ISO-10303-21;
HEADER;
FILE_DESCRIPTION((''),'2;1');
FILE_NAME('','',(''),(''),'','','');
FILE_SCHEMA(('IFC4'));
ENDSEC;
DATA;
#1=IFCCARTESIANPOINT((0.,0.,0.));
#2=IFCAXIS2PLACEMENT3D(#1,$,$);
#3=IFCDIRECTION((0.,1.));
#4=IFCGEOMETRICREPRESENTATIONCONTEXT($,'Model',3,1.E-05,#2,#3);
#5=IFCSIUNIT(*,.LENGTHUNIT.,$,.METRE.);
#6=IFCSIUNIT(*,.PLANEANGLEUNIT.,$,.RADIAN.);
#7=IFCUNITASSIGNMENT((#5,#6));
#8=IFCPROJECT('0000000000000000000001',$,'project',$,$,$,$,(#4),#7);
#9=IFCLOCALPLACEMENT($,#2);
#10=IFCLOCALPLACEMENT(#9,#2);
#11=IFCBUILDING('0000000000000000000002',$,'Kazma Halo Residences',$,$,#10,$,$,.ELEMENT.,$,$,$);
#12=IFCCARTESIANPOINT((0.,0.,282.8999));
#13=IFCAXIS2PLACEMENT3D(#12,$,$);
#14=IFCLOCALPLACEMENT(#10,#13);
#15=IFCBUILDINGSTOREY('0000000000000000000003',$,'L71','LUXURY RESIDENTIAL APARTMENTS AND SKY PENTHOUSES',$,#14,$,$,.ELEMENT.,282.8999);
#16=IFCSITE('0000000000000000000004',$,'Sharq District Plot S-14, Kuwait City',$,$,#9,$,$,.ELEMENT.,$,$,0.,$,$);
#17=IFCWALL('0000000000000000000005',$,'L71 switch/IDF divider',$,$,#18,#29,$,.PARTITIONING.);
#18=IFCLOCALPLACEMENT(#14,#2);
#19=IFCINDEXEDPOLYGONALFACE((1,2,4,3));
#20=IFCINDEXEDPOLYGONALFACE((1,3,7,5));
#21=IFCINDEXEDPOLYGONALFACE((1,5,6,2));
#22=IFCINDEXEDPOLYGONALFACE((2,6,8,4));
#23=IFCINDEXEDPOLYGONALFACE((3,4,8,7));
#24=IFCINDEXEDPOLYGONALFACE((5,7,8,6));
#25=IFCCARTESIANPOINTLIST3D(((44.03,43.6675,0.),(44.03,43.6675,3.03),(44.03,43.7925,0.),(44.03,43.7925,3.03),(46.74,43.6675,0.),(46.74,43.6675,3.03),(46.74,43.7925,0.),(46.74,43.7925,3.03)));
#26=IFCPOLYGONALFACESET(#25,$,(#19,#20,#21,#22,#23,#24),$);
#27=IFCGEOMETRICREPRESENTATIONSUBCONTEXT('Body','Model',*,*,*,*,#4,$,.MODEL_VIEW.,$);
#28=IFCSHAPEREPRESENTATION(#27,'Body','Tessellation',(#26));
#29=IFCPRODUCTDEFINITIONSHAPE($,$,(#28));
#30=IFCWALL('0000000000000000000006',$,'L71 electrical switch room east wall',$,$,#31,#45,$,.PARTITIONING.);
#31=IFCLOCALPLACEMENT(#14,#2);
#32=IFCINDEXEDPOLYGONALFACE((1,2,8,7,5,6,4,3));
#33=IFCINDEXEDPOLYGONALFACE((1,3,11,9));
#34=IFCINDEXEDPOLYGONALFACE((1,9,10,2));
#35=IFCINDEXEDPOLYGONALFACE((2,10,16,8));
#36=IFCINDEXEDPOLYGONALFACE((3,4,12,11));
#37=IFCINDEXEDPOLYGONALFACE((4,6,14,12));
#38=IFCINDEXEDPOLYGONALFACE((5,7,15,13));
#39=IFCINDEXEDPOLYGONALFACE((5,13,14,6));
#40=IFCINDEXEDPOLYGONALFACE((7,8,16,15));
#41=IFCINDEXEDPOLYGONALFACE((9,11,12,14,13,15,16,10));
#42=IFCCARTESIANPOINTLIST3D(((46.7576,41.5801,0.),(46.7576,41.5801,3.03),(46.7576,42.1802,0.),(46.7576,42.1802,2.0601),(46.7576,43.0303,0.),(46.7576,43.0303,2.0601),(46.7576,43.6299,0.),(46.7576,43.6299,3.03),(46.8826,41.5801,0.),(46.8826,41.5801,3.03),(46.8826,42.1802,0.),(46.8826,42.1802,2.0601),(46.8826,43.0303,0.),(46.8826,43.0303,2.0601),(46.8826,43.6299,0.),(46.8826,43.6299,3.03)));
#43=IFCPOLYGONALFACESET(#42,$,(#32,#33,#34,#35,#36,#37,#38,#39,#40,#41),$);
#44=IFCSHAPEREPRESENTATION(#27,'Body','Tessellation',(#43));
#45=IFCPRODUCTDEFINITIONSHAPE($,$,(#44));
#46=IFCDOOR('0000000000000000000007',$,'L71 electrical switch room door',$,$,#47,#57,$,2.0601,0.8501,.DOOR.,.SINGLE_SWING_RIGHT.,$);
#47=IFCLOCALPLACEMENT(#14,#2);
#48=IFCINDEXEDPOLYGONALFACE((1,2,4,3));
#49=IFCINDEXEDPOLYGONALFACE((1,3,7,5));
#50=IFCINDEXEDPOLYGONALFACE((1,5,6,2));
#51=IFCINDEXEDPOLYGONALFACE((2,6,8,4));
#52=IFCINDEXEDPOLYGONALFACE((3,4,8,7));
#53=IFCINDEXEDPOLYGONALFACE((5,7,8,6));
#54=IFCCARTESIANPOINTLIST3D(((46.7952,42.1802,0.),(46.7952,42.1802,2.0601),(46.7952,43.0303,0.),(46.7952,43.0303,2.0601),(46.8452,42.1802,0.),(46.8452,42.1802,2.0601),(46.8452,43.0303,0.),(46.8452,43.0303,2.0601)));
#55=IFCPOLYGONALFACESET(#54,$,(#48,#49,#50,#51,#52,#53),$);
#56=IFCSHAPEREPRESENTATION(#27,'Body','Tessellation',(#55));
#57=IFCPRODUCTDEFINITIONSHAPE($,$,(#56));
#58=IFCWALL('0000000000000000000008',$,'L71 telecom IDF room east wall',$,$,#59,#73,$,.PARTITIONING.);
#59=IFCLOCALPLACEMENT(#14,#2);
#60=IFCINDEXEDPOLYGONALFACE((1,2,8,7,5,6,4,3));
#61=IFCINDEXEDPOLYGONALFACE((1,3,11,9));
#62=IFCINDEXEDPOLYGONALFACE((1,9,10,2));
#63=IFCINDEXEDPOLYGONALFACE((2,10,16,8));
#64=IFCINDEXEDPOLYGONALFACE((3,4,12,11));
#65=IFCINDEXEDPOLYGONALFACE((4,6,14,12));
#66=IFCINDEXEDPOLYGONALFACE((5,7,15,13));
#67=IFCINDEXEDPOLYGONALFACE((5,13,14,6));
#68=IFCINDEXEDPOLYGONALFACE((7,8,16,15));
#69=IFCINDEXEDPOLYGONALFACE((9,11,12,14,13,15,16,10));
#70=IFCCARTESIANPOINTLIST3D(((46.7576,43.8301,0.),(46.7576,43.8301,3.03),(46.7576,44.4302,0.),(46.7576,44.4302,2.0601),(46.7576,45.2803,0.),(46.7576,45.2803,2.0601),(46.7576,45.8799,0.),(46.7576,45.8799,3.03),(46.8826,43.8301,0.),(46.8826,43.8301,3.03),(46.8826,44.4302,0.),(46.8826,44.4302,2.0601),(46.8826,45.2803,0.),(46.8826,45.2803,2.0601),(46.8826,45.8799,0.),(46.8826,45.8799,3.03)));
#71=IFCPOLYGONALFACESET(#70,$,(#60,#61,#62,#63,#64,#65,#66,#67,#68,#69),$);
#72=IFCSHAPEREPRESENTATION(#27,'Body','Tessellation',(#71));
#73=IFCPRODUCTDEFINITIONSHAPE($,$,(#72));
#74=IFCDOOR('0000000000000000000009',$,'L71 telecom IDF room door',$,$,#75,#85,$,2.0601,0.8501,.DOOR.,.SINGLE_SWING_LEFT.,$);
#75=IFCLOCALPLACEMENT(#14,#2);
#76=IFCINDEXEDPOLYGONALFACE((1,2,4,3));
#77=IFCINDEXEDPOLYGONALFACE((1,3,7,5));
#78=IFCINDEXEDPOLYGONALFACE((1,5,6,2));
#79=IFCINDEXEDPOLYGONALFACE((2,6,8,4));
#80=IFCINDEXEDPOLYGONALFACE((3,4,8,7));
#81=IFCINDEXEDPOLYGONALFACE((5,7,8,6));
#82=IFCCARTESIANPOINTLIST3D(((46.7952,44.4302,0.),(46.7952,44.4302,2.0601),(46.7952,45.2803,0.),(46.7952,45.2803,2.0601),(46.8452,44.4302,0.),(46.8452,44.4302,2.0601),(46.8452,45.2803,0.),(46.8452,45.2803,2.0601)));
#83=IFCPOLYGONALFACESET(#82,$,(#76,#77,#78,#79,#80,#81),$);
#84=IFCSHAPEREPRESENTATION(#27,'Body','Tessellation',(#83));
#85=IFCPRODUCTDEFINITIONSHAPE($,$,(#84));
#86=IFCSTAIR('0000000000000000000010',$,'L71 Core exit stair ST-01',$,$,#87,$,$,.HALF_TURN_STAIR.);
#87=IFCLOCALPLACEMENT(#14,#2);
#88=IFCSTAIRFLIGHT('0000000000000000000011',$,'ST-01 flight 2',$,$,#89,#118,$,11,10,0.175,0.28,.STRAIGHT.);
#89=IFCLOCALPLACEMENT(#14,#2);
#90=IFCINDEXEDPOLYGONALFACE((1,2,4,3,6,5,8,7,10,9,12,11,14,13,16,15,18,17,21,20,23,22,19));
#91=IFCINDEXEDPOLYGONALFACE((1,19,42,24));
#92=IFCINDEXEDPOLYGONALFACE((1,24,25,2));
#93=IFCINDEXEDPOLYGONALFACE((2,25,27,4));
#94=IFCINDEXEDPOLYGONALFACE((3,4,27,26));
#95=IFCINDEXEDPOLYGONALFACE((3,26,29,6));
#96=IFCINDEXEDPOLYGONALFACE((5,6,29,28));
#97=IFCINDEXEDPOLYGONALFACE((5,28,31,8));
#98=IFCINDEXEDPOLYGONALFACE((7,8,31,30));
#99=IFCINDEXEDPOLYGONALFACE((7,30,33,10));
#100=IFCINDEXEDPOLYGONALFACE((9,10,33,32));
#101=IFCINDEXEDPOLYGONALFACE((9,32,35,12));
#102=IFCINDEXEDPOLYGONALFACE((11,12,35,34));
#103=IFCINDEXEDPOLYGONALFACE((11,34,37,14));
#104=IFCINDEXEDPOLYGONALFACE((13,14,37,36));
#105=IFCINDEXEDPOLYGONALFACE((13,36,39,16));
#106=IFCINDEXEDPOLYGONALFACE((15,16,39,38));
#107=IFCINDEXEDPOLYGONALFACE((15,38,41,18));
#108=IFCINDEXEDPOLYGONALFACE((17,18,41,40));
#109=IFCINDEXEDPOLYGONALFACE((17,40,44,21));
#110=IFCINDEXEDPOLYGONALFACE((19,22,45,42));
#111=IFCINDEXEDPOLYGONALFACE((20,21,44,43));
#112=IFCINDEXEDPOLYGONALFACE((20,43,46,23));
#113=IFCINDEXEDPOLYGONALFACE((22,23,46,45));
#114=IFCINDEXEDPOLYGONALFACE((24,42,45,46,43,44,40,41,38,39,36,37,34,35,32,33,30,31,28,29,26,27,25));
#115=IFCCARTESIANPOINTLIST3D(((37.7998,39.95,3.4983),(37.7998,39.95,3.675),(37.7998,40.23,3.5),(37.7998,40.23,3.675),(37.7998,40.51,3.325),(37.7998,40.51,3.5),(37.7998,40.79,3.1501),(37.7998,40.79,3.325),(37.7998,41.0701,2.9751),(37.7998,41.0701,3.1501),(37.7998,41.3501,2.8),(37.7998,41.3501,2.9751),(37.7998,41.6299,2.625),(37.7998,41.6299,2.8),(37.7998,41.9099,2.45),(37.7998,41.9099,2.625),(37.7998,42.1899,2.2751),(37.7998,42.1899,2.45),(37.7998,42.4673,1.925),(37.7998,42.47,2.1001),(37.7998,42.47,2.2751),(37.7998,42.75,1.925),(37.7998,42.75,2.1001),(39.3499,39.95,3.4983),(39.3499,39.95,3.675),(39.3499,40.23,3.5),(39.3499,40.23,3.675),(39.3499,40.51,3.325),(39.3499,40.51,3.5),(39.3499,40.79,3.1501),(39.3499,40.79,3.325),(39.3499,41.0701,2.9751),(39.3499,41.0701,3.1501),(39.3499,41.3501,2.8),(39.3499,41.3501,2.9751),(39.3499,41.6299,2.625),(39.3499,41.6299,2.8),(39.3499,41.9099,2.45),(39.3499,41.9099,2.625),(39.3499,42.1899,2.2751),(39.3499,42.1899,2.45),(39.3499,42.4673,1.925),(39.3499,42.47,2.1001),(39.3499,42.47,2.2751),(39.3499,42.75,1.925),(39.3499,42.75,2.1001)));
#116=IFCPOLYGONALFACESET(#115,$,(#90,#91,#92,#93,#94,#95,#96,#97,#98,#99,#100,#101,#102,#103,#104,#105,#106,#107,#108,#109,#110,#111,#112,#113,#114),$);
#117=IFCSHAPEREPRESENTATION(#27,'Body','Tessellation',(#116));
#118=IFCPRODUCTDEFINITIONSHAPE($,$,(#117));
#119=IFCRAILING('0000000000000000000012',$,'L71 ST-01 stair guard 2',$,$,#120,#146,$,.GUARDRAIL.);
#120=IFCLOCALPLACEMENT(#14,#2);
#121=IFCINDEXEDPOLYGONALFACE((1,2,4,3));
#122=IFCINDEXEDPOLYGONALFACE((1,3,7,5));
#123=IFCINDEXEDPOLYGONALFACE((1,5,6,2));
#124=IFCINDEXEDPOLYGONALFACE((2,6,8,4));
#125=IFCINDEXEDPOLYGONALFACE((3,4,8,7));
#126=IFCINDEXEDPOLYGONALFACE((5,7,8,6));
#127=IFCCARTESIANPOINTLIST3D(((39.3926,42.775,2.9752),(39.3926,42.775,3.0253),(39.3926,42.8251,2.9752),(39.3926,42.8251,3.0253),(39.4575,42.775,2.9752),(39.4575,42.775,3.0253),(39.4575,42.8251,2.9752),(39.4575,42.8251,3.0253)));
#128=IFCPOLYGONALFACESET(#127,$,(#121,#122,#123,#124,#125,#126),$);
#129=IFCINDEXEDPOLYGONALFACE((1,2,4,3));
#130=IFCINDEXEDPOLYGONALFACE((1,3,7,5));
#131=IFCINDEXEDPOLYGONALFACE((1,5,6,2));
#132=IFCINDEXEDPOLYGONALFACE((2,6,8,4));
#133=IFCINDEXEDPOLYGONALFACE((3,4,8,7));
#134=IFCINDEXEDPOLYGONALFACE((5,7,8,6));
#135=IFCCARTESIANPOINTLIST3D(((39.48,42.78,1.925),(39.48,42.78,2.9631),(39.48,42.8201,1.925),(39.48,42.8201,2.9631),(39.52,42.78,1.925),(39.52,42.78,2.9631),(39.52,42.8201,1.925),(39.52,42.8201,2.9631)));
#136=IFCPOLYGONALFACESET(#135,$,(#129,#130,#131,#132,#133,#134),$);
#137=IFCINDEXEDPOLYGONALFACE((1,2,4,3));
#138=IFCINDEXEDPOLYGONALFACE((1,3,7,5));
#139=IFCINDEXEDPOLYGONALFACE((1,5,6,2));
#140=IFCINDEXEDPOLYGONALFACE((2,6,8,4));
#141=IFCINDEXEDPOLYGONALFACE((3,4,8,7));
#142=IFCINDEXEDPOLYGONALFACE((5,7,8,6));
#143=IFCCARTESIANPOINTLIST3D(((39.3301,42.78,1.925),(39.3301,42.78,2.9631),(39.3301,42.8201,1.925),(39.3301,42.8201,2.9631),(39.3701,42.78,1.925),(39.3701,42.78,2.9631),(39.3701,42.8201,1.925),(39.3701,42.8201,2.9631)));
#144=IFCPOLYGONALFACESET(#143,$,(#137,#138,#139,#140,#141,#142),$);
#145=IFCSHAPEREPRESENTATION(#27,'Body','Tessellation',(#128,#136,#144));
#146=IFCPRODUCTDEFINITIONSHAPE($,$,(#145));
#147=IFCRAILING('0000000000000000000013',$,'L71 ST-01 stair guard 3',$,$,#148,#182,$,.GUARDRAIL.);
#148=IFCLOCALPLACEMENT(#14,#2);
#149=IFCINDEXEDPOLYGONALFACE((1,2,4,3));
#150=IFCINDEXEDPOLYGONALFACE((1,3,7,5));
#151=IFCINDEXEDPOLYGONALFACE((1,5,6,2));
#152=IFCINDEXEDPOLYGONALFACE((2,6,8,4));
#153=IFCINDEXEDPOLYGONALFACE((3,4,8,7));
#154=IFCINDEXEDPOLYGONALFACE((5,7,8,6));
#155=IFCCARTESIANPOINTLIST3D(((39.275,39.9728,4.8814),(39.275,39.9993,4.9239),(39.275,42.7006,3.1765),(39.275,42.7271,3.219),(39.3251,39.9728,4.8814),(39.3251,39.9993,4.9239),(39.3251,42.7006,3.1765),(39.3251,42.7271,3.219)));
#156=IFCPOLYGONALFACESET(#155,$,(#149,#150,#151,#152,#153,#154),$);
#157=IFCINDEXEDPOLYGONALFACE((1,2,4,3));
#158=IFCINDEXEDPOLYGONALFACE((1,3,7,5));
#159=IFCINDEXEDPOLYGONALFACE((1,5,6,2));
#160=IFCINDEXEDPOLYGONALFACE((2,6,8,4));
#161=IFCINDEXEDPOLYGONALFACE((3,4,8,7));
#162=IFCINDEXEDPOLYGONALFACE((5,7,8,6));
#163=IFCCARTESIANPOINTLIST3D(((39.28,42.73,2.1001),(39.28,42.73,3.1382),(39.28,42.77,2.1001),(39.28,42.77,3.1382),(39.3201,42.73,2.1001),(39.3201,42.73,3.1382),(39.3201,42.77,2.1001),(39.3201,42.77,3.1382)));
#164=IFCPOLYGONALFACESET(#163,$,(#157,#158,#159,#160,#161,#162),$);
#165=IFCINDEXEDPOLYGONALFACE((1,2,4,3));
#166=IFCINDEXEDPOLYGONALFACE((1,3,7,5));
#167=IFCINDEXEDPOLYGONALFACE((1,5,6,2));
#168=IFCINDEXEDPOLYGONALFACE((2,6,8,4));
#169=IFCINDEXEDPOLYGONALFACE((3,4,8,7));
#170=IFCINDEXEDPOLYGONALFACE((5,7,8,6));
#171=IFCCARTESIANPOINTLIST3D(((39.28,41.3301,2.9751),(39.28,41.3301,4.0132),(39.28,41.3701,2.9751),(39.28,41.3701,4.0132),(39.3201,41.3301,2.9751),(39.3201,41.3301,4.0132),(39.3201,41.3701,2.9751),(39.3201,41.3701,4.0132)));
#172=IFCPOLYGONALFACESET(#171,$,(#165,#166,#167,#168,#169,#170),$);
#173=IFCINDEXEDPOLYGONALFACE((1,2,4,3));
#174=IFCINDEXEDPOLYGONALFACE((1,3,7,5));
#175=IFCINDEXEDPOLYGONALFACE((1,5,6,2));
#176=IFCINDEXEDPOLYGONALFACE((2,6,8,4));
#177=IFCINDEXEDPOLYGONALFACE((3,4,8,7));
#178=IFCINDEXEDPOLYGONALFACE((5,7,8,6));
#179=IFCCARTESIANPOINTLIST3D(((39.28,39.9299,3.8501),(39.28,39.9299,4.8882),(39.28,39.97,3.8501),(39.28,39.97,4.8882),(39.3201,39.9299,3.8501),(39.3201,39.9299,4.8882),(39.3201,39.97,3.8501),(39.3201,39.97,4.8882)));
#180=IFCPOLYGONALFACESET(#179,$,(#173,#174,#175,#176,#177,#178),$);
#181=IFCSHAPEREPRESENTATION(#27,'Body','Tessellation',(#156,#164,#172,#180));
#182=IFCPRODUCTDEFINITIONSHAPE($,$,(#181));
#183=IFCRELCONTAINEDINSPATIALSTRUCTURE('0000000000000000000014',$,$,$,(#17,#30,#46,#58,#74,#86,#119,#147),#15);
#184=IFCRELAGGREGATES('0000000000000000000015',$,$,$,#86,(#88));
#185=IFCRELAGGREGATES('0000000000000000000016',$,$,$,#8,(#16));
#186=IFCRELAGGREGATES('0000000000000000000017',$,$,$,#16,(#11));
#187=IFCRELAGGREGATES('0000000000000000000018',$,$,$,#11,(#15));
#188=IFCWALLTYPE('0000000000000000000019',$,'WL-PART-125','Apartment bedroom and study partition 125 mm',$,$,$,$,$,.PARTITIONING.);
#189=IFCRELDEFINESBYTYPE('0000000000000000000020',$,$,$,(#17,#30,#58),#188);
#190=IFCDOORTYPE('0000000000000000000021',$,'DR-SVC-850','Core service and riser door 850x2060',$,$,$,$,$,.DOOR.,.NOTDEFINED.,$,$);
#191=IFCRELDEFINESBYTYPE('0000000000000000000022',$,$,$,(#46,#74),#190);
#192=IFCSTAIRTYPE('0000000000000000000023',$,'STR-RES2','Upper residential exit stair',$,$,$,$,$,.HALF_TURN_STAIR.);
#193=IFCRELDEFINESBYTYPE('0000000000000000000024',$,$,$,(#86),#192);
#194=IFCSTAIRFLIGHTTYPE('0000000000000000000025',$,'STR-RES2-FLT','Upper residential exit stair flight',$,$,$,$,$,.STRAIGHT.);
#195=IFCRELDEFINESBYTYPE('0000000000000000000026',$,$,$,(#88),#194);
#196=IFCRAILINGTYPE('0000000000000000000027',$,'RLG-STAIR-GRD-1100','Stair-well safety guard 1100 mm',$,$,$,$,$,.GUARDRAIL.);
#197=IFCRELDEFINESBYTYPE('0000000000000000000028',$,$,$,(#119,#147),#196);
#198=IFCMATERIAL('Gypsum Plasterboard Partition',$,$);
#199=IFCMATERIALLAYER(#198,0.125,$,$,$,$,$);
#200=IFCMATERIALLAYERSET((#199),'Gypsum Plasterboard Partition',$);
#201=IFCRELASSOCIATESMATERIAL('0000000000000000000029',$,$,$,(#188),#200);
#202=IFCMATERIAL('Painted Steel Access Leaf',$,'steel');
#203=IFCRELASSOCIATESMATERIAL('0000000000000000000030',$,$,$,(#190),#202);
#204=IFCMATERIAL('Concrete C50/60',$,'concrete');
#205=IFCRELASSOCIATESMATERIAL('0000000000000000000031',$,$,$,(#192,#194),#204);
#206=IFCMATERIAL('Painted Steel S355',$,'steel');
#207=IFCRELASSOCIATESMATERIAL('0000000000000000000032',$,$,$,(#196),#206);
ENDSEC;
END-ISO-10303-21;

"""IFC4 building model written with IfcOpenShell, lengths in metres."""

from ifc_helpers import new_model, si_unit, direction, frame, frame_2d, origin, origin_2d, place, context, subcontext, project, spatial, polyline, rectangle, outline, extrude, material, layer, layer_set, type_object, element, fill, aggregate, save


model = new_model("IFC4")

# Units and contexts
model_context = context("Model", 3, precision=1e-05, world=origin(), true_north=direction((0.0, 1.0)))
body_context = subcontext(model_context, "Body", "Model", "MODEL_VIEW")
ifc_project = project(units=[si_unit("LENGTHUNIT", "METRE"), si_unit("PLANEANGLEUNIT", "RADIAN")], contexts=[model_context])

# Site, building, storey
site_placement = place(None, origin())
site = spatial("IfcSite", under=ifc_project, at=site_placement, Name="Sharq District Plot S-14, Kuwait City", CompositionType="ELEMENT", RefElevation=0.0)
building_placement = place(site_placement, origin())
building = spatial("IfcBuilding", under=site, at=building_placement, Name="Kazma Halo Residences", CompositionType="ELEMENT")
storey_placement = place(building_placement, frame((0.0, 0.0, 282.8999)))
storey = spatial("IfcBuildingStorey", under=building, at=storey_placement, Name="L71", Description="LUXURY RESIDENTIAL APARTMENTS AND SKY PENTHOUSES", CompositionType="ELEMENT", Elevation=282.8999)

# Shared definitions
ifc_material_1 = material(Name="Gypsum Plasterboard Partition")
ifc_layer_1 = layer(ifc_material_1, 0.125)
ifc_layer_set_1 = layer_set([ifc_layer_1], Name="Gypsum Plasterboard Partition")
wall_type_1 = type_object("IfcWallType", Name="WL-PART-125", Description="Apartment bedroom and study partition 125 mm", PredefinedType="PARTITIONING", material=ifc_layer_set_1)

# Shared definitions
ifc_material_2 = material(Name="Painted Steel Access Leaf", Category="steel")
door_type_1 = type_object("IfcDoorType", Name="DR-SVC-850", Description="Core service and riser door 850x2060", OperationType="NOTDEFINED", PredefinedType="DOOR", material=ifc_material_2)

# Wall
wall_1_placement = place(storey_placement, frame((44.03, 43.73, 0.0), z_axis=(0.0, 0.0, 1.0), x_axis=(1.0, 0.0, 0.0)))
element("IfcWall", 1, at=wall_1_placement, inside=storey, type_object=wall_type_1, Name="L71 switch/IDF divider", PredefinedType="PARTITIONING", context=body_context, shape_type="SweptSolid", body=[
    extrude(rectangle(XDim=2.71, YDim=0.125, at=frame_2d((1.355, 0.0))), origin(), (0.0, 0.0, 1.0), 3.03),
])

# Walls, openings, doors
wall_2_placement = place(storey_placement, frame((46.8201, 41.5801, 0.0), z_axis=(0.0, 0.0, 1.0), x_axis=(0.0, 1.0, 0.0)))
wall_2 = element("IfcWall", 2, at=wall_2_placement, inside=storey, type_object=wall_type_1, Name="L71 electrical switch room east wall", PredefinedType="PARTITIONING", context=body_context, shape_type="SweptSolid", body=[
    extrude(rectangle(XDim=2.0498, YDim=0.125, at=frame_2d((1.0249, 0.0))), origin(), (0.0, 0.0, 1.0), 3.03),
])
opening_1_placement = place(wall_2_placement, frame((0.6001, 0.0, 0.0)))
opening_1 = element("IfcOpeningElement", 3, at=opening_1_placement, cuts=wall_2, PredefinedType="OPENING", context=body_context, shape_type="SweptSolid", body=[
    extrude(rectangle(XDim=0.8501, YDim=2.0601, at=frame_2d((0.425, 1.03))), frame((0.0, 0.0725, 0.0), z_axis=(0.0, -1.0, 0.0), x_axis=(1.0, 0.0, 0.0)), (0.0, 0.0, 1.0), 0.145),
])
door_1_placement = place(opening_1_placement, origin())
door_1 = element("IfcDoor", 4, at=door_1_placement, inside=storey, type_object=door_type_1, Name="L71 electrical switch room door", OperationType="SINGLE_SWING_RIGHT", OverallHeight=2.0601, OverallWidth=0.8501, PredefinedType="DOOR", context=body_context, shape_type="SweptSolid", body=[
    extrude(rectangle(XDim=0.8501, YDim=2.0601, at=frame_2d((0.425, 1.03))), frame((0.0, 0.0249, 0.0), z_axis=(0.0, -1.0, 0.0), x_axis=(1.0, 0.0, 0.0)), (0.0, 0.0, 1.0), 0.05),
])
fill(opening_1, door_1)
wall_3_placement = place(storey_placement, frame((46.8201, 43.8301, 0.0), z_axis=(0.0, 0.0, 1.0), x_axis=(0.0, 1.0, 0.0)))
wall_3 = element("IfcWall", 5, at=wall_3_placement, inside=storey, type_object=wall_type_1, Name="L71 telecom IDF room east wall", PredefinedType="PARTITIONING", context=body_context, shape_type="SweptSolid", body=[
    extrude(rectangle(XDim=2.0498, YDim=0.125, at=frame_2d((1.0249, 0.0))), origin(), (0.0, 0.0, 1.0), 3.03),
])
opening_2_placement = place(wall_3_placement, frame((0.6001, 0.0, 0.0)))
opening_2 = element("IfcOpeningElement", 6, at=opening_2_placement, cuts=wall_3, PredefinedType="OPENING", context=body_context, shape_type="SweptSolid", body=[
    extrude(rectangle(XDim=0.8501, YDim=2.0601, at=frame_2d((0.425, 1.03))), frame((0.0, 0.0725, 0.0), z_axis=(0.0, -1.0, 0.0), x_axis=(1.0, 0.0, 0.0)), (0.0, 0.0, 1.0), 0.145),
])
door_2_placement = place(opening_2_placement, origin())
door_2 = element("IfcDoor", 7, at=door_2_placement, inside=storey, type_object=door_type_1, Name="L71 telecom IDF room door", OperationType="SINGLE_SWING_LEFT", OverallHeight=2.0601, OverallWidth=0.8501, PredefinedType="DOOR", context=body_context, shape_type="SweptSolid", body=[
    extrude(rectangle(XDim=0.8501, YDim=2.0601, at=frame_2d((0.425, 1.03))), frame((0.0, 0.0249, 0.0), z_axis=(0.0, -1.0, 0.0), x_axis=(1.0, 0.0, 0.0)), (0.0, 0.0, 1.0), 0.05),
])
fill(opening_2, door_2)

# Stair, stair flight
ifc_material_3 = material(Name="Concrete C50/60", Category="concrete")
stair_type = type_object("IfcStairType", Name="STR-RES2", Description="Upper residential exit stair", PredefinedType="HALF_TURN_STAIR", material=ifc_material_3)
stair_placement = place(storey_placement, origin())
stair = element("IfcStair", 8, at=stair_placement, inside=storey, type_object=stair_type, Name="L71 Core exit stair ST-01", PredefinedType="HALF_TURN_STAIR")
stair_flight_type = type_object("IfcStairFlightType", Name="STR-RES2-FLT", Description="Upper residential exit stair flight", PredefinedType="STRAIGHT", material=ifc_material_3)
stair_flight_placement = place(storey_placement, frame((38.575, 42.75, 1.925), z_axis=(0.0, 0.0, 1.0), x_axis=(0.0, -1.0, 0.0)))
stair_flight = element("IfcStairFlight", 9, at=stair_flight_placement, type_object=stair_flight_type, Name="ST-01 flight 2", NumberOfRisers=11, NumberOfTreads=10, PredefinedType="STRAIGHT", RiserHeight=0.175, TreadLength=0.28, context=body_context, shape_type="SweptSolid", body=[
    extrude(outline(polyline([(0.0, 0.0), (0.0, 0.175), (0.28, 0.175), (0.28, 0.3501), (0.5601, 0.3501), (0.5601, 0.5249), (0.8401, 0.5249), (0.8401, 0.7), (1.1201, 0.7), (1.1201, 0.875), (1.3999, 0.875), (1.3999, 1.05), (1.6799, 1.05), (1.6799, 1.2251), (1.96, 1.2251), (1.96, 1.3999), (2.24, 1.3999), (2.24, 1.575), (2.52, 1.575), (2.52, 1.75), (2.8, 1.75), (2.8, 1.925), (2.8, 1.5732), (0.2827, 0.0), (0.0, 0.0)])), frame((0.0, 0.7749, 0.0), z_axis=(0.0, -1.0, 0.0), x_axis=(1.0, 0.0, 0.0)), (0.0, 0.0, 1.0), 1.55),
])
aggregate(stair, [stair_flight])

# Railings
ifc_material_4 = material(Name="Painted Steel S355", Category="steel")
railing_type_1 = type_object("IfcRailingType", Name="RLG-STAIR-GRD-1100", Description="Stair-well safety guard 1100 mm", PredefinedType="GUARDRAIL", material=ifc_material_4)
railing_1_placement = place(storey_placement, frame((39.5, 42.8, 1.925)))
element("IfcRailing", 10, at=railing_1_placement, inside=storey, type_object=railing_type_1, Name="L71 ST-01 stair guard 2", PredefinedType="GUARDRAIL", context=body_context, shape_type="SweptSolid", body=[
    extrude(rectangle(XDim=0.05, YDim=0.05, at=origin_2d()), frame((-0.0425, 0.0, 1.0752), z_axis=(-1.0, 0.0, 0.0), x_axis=(0.0, -1.0, 0.0)), (0.0, 0.0, 1.0), 0.0649),
    extrude(rectangle(XDim=0.04, YDim=0.04, at=origin_2d()), origin(), (0.0, 0.0, 1.0), 1.0381),
    extrude(rectangle(XDim=0.04, YDim=0.04, at=origin_2d()), frame((-0.1499, 0.0, 0.0)), (0.0, 0.0, 1.0), 1.0381),
])
railing_2_placement = place(storey_placement, frame((39.3, 42.75, 2.1001)))
element("IfcRailing", 11, at=railing_2_placement, inside=storey, type_object=railing_type_1, Name="L71 ST-01 stair guard 3", PredefinedType="GUARDRAIL", context=body_context, shape_type="SweptSolid", body=[
    extrude(rectangle(XDim=0.05, YDim=0.05, at=origin_2d()), frame((0.0, -0.0361, 1.0977), z_axis=(0.0, -0.848002, 0.529992), x_axis=(1.0, 0.0, 0.0)), (0.0, 0.0, 1.0), 3.2168),
    extrude(rectangle(XDim=0.04, YDim=0.04, at=origin_2d()), origin(), (0.0, 0.0, 1.0), 1.0381),
    extrude(rectangle(XDim=0.04, YDim=0.04, at=origin_2d()), frame((0.0, -1.3999, 0.875)), (0.0, 0.0, 1.0), 1.0381),
    extrude(rectangle(XDim=0.04, YDim=0.04, at=origin_2d()), frame((0.0, -2.8, 1.75)), (0.0, 0.0, 1.0), 1.0381),
])

save(model, "model.ifc")
